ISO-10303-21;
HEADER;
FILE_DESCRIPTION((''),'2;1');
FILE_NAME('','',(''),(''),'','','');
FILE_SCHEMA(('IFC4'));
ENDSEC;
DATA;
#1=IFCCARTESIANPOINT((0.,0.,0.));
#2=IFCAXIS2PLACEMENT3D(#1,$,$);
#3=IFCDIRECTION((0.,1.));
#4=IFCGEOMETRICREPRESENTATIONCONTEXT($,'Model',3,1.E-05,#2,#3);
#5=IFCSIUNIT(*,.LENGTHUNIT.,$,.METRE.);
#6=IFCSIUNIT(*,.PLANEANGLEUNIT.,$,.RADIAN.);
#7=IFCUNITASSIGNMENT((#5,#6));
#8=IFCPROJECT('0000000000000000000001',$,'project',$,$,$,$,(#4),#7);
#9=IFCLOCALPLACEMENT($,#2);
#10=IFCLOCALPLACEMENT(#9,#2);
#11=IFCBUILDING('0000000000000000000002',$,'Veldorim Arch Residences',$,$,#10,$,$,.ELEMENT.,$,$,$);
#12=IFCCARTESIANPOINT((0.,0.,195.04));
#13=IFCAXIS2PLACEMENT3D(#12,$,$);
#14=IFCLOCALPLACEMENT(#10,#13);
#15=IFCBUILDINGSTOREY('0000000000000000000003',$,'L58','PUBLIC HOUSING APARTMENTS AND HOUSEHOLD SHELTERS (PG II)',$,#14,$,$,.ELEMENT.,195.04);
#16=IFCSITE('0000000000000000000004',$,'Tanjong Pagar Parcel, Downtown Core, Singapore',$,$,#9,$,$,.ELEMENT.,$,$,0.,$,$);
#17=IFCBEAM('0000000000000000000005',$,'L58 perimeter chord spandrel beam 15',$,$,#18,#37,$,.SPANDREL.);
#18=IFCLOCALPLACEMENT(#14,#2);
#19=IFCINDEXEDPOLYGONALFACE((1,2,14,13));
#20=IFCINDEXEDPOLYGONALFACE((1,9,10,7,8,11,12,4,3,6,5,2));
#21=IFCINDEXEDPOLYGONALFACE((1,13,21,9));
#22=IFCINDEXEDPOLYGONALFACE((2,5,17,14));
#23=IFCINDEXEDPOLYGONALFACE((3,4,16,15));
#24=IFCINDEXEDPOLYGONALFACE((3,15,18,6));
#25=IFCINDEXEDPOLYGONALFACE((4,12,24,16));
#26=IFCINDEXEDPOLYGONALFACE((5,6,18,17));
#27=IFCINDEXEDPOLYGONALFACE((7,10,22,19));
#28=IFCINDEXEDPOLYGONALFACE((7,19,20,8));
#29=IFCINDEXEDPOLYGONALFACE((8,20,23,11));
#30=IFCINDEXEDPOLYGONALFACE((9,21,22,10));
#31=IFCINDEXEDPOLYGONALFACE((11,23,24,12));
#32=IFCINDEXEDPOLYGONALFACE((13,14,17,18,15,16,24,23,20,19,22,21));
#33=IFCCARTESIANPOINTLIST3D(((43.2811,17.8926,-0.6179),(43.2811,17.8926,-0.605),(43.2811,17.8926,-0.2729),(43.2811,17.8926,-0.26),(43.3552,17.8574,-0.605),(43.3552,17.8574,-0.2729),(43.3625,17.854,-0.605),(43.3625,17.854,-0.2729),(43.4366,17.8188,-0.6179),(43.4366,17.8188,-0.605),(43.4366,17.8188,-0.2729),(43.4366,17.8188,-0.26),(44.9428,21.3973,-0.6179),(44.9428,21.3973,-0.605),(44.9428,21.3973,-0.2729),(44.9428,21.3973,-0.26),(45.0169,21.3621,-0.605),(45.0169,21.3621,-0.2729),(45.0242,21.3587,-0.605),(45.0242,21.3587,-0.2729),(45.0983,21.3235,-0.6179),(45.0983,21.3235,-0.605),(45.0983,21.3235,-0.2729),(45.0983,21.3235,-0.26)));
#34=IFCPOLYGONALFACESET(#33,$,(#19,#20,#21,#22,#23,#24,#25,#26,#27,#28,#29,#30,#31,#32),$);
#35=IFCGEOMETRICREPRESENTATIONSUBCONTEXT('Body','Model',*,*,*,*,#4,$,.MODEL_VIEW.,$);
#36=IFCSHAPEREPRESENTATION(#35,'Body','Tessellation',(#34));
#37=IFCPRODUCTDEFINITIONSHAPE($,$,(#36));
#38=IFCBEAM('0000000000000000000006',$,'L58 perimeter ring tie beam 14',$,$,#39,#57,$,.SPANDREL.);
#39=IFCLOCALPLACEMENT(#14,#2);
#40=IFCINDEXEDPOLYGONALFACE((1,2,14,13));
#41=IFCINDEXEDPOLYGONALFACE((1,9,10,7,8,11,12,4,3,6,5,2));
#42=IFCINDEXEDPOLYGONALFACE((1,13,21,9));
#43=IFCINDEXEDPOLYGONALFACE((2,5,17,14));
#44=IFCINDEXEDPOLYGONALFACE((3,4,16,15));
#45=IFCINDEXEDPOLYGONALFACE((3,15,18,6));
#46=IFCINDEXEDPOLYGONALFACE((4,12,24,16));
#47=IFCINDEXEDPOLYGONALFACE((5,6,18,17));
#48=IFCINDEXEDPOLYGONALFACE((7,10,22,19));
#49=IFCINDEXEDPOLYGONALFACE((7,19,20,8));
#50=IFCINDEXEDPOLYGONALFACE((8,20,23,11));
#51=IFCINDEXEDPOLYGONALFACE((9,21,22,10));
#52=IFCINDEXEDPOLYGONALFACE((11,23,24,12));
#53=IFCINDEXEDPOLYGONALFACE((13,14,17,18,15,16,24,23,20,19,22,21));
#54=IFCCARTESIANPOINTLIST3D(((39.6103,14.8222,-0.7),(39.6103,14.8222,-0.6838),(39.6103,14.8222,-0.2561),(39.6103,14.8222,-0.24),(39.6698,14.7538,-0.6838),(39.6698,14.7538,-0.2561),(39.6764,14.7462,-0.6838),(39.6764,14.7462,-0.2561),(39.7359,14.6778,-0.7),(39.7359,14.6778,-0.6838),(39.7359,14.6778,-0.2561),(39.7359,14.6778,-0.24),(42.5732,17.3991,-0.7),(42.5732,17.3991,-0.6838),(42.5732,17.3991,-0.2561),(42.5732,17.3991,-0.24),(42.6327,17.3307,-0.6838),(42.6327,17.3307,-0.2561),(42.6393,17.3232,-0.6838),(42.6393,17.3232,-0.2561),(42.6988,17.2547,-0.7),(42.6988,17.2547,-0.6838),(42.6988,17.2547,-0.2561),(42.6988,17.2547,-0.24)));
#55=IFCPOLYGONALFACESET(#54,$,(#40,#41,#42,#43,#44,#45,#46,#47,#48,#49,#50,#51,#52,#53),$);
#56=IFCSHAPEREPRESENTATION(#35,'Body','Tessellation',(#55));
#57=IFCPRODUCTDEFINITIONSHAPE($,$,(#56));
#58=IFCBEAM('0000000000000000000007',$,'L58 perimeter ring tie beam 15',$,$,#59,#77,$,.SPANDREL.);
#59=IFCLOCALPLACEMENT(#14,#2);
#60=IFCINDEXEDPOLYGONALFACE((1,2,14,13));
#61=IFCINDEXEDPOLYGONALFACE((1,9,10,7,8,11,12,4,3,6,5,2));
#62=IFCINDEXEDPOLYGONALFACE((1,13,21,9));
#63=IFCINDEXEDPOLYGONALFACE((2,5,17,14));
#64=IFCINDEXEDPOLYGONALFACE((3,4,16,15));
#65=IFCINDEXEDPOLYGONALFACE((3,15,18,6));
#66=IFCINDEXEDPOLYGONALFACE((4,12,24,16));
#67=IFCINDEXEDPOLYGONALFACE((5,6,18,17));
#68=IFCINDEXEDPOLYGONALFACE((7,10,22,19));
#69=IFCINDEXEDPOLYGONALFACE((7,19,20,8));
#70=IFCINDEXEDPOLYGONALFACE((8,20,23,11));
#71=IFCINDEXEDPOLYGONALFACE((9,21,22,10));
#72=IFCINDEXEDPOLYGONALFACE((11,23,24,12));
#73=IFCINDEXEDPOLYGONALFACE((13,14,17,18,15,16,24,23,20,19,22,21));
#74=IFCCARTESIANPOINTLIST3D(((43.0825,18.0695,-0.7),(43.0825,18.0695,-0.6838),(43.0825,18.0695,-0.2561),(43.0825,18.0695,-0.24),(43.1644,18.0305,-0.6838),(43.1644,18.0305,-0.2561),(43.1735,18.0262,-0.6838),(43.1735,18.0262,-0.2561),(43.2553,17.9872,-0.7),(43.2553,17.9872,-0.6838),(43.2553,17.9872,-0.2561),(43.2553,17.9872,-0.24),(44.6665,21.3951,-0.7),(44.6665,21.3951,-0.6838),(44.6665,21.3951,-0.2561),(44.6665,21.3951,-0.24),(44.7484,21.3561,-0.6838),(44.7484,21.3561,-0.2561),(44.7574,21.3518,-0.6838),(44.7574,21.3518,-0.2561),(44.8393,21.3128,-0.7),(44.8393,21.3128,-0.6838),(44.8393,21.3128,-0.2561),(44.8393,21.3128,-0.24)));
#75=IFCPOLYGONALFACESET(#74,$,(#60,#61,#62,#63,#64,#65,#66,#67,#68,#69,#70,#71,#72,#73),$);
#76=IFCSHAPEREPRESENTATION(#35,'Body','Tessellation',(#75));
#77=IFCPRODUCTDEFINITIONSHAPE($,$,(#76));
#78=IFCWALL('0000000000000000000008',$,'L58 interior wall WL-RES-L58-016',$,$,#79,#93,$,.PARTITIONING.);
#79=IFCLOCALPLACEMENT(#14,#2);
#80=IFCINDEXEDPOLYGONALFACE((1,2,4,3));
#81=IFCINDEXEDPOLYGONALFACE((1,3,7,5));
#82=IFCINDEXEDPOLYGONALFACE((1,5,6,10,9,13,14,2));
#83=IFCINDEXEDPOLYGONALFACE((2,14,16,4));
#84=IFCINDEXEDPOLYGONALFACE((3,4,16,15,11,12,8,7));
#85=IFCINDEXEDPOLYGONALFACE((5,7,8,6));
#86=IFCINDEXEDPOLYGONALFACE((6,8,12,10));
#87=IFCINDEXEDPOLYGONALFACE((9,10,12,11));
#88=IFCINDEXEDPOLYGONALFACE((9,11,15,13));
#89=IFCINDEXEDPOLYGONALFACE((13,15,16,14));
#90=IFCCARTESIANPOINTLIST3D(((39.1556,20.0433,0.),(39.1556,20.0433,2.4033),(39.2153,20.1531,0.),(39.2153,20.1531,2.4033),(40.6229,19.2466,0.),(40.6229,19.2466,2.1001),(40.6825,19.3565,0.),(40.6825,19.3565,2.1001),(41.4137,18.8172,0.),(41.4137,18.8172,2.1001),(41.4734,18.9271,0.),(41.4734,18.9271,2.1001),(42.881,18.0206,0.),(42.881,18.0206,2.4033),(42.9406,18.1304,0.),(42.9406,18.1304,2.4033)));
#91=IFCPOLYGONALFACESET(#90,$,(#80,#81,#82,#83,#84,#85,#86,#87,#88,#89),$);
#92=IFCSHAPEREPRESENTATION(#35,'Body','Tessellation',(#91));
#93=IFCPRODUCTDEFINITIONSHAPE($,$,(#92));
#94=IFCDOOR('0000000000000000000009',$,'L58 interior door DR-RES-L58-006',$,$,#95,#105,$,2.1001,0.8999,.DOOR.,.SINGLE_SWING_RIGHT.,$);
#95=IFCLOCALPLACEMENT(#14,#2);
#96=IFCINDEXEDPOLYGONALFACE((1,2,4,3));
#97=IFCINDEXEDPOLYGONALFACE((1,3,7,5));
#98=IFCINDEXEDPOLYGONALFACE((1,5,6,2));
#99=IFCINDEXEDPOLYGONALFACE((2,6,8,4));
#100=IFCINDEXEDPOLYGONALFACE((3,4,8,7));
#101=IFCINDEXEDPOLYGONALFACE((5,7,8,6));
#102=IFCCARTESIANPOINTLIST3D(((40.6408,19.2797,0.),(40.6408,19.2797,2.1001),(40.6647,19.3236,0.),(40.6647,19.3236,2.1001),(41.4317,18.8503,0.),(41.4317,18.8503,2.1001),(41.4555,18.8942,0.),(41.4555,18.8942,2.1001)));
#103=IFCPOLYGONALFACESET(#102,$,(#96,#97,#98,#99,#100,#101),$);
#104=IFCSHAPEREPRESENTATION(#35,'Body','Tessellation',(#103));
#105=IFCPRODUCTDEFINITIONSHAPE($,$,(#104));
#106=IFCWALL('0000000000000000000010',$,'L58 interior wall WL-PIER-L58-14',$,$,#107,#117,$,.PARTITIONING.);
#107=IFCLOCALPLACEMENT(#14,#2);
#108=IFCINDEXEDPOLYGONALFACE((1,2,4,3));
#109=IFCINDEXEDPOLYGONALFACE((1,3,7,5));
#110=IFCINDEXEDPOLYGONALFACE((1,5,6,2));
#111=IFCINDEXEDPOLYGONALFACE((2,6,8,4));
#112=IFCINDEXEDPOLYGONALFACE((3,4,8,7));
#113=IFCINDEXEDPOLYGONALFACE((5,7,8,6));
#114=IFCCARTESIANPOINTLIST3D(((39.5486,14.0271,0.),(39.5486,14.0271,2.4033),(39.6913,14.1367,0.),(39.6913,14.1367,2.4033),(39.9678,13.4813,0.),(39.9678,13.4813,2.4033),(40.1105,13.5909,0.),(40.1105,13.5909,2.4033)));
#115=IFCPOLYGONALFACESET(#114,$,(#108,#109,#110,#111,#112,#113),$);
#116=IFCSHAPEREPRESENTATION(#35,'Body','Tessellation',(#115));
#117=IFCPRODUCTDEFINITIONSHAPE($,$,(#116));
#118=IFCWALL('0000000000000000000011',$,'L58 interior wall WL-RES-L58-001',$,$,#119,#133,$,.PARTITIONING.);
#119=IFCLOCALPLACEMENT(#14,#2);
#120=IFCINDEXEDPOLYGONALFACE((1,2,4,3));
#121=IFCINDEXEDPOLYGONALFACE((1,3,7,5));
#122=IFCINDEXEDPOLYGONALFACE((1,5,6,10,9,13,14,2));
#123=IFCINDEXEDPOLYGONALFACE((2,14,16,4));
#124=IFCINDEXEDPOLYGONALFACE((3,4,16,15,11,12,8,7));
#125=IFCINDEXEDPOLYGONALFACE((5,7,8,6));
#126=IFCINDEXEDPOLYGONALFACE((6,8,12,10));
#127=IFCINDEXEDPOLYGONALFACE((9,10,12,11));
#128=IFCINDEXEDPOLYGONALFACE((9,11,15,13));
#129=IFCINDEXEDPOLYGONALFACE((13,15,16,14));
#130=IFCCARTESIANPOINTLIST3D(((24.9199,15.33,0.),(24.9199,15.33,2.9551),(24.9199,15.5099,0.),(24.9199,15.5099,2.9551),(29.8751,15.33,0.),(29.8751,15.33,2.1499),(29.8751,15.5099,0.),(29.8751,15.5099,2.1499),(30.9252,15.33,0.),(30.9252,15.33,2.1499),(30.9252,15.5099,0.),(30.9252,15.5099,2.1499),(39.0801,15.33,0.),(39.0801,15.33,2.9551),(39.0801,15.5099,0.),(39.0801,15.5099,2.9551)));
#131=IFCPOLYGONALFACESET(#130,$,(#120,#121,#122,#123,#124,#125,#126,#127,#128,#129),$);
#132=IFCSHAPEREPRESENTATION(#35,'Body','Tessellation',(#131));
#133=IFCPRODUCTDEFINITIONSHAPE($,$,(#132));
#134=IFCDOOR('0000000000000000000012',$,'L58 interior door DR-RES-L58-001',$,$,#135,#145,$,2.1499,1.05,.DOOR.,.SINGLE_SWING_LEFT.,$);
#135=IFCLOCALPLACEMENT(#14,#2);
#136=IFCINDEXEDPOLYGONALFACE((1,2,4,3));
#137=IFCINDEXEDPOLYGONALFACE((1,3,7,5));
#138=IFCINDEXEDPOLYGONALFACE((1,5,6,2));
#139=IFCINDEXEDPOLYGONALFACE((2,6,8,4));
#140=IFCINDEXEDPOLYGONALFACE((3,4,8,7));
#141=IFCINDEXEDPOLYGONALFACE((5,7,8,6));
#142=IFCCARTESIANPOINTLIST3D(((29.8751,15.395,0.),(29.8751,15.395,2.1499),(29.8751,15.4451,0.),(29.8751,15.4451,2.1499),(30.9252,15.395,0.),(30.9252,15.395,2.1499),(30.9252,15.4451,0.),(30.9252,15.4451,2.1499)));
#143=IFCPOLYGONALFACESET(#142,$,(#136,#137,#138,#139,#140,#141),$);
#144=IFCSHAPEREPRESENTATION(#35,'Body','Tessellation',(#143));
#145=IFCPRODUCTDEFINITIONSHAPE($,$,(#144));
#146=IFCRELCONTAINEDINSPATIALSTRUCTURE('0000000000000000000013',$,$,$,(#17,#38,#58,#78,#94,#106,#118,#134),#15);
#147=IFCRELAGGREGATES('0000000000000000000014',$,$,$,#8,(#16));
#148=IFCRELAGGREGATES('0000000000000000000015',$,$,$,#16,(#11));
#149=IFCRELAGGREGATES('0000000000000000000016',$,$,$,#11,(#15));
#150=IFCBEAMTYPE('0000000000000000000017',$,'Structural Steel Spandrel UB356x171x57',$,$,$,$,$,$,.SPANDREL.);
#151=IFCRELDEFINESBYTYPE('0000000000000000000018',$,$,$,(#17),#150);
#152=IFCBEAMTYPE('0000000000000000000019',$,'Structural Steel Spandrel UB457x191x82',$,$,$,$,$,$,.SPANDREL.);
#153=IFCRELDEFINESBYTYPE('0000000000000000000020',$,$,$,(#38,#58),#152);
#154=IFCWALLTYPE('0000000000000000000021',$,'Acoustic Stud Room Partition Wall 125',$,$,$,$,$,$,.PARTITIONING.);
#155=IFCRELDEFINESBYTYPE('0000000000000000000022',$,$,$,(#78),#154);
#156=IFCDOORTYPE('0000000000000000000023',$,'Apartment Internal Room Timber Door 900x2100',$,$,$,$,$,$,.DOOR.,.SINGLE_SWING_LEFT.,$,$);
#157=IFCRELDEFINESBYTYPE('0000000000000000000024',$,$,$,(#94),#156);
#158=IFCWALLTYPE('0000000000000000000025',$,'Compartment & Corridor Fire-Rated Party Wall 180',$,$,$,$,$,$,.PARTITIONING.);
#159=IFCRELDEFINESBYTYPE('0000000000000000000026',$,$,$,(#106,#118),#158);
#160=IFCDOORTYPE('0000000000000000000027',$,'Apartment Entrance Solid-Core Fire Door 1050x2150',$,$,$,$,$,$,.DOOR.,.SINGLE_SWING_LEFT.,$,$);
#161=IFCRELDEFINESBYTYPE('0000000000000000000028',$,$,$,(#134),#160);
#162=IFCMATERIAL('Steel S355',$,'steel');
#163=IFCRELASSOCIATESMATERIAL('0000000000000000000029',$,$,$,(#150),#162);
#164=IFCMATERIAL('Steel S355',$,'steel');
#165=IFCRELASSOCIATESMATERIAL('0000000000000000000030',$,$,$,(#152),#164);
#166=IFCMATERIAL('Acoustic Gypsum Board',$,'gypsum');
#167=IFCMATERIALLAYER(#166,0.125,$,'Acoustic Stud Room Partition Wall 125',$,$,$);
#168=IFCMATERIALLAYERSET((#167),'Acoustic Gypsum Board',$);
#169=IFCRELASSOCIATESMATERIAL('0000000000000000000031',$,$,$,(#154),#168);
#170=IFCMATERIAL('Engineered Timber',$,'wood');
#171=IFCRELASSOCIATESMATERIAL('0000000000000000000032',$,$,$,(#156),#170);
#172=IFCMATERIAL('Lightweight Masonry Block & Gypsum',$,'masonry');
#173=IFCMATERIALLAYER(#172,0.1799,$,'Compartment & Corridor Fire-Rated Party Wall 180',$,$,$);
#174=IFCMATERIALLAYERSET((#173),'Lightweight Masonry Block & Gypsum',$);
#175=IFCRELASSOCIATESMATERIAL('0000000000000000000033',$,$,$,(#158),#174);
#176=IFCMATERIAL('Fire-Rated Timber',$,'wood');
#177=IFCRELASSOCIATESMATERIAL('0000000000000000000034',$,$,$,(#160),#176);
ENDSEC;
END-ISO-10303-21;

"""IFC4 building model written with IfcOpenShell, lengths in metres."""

from ifc_helpers import new_model, si_unit, direction, frame, frame_2d, origin, origin_2d, place, context, subcontext, project, spatial, rectangle, i_section, extrude, material, layer, layer_set, material_profile, profile_set, type_object, element, fill, save


model = new_model("IFC4")

# Units and contexts
model_context = context("Model", 3, precision=1e-05, world=origin(), true_north=direction((0.0, 1.0)))
body_context = subcontext(model_context, "Body", "Model", "MODEL_VIEW")
ifc_project = project(units=[si_unit("LENGTHUNIT", "METRE"), si_unit("PLANEANGLEUNIT", "RADIAN")], contexts=[model_context])

# Site, building, storey
site_placement = place(None, origin())
site = spatial("IfcSite", under=ifc_project, at=site_placement, Name="Tanjong Pagar Parcel, Downtown Core, Singapore", CompositionType="ELEMENT", RefElevation=0.0)
building_placement = place(site_placement, origin())
building = spatial("IfcBuilding", under=site, at=building_placement, Name="Veldorim Arch Residences", CompositionType="ELEMENT")
storey_placement = place(building_placement, frame((0.0, 0.0, 195.04)))
storey = spatial("IfcBuildingStorey", under=building, at=storey_placement, Name="L58", Description="PUBLIC HOUSING APARTMENTS AND HOUSEHOLD SHELTERS (PG II)", CompositionType="ELEMENT", Elevation=195.04)

# Beams
ifc_material_1 = material(Name="Steel S355", Category="steel")
ifc_material_profile_1 = material_profile(ifc_material_1, i_section(OverallWidth=0.1721, OverallDepth=0.3579, WebThickness=0.0081, FlangeThickness=0.0129, at=origin_2d()), Name="UB356x171x57")
ifc_profile_set_1 = profile_set([ifc_material_profile_1], Name="Steel S355")
beam_type_1 = type_object("IfcBeamType", Name="Structural Steel Spandrel UB356x171x57", PredefinedType="SPANDREL", material=ifc_profile_set_1)
beam_1_placement = place(storey_placement, frame((43.3589, 17.8557, -0.439), z_axis=(0.428408, 0.903585, 0.0), x_axis=(-0.903585, 0.428408, 0.0)))
element("IfcBeam", 1, at=beam_1_placement, inside=storey, type_object=beam_type_1, Name="L58 perimeter chord spandrel beam 15", PredefinedType="SPANDREL", context=body_context, shape_type="SweptSolid", body=[
    extrude(i_section(OverallWidth=0.1721, OverallDepth=0.3579, WebThickness=0.0081, FlangeThickness=0.0129, at=origin_2d()), origin(), (0.0, 0.0, 1.0), 3.8787),
])
ifc_material_2 = material(Name="Steel S355", Category="steel")
ifc_material_profile_2 = material_profile(ifc_material_2, i_section(OverallWidth=0.1914, OverallDepth=0.46, WebThickness=0.01, FlangeThickness=0.0161, at=origin_2d()), Name="UB457x191x82")
ifc_profile_set_2 = profile_set([ifc_material_profile_2], Name="Steel S355")
beam_type_2 = type_object("IfcBeamType", Name="Structural Steel Spandrel UB457x191x82", PredefinedType="SPANDREL", material=ifc_profile_set_2)
beam_2_placement = place(storey_placement, frame((39.6731, 14.75, -0.47), z_axis=(0.754545, 0.656248, 0.0), x_axis=(-0.656248, 0.754545, 0.0)))
element("IfcBeam", 2, at=beam_2_placement, inside=storey, type_object=beam_type_2, Name="L58 perimeter ring tie beam 14", PredefinedType="SPANDREL", context=body_context, shape_type="SweptSolid", body=[
    extrude(i_section(OverallWidth=0.1914, OverallDepth=0.46, WebThickness=0.01, FlangeThickness=0.0161, at=origin_2d()), origin(), (0.0, 0.0, 1.0), 3.9268),
])
beam_3_placement = place(storey_placement, frame((43.1689, 18.0283, -0.47), z_axis=(0.430006, 0.902826, 0.0), x_axis=(-0.902826, 0.430006, 0.0)))
element("IfcBeam", 3, at=beam_3_placement, inside=storey, type_object=beam_type_2, Name="L58 perimeter ring tie beam 15", PredefinedType="SPANDREL", context=body_context, shape_type="SweptSolid", body=[
    extrude(i_section(OverallWidth=0.1914, OverallDepth=0.46, WebThickness=0.01, FlangeThickness=0.0161, at=origin_2d()), origin(), (0.0, 0.0, 1.0), 3.6836),
])

# Wall, opening, door
ifc_material_3 = material(Name="Acoustic Gypsum Board", Category="gypsum")
ifc_layer_1 = layer(ifc_material_3, 0.125, Name="Acoustic Stud Room Partition Wall 125")
ifc_layer_set_1 = layer_set([ifc_layer_1], Name="Acoustic Gypsum Board")
wall_type_1 = type_object("IfcWallType", Name="Acoustic Stud Room Partition Wall 125", PredefinedType="PARTITIONING", material=ifc_layer_set_1)
wall_1_placement = place(storey_placement, frame((42.9109, 18.0754, 0.0), z_axis=(0.0, 0.0, 1.0), x_axis=(-0.878816, 0.47716, 0.0)))
wall_1 = element("IfcWall", 4, at=wall_1_placement, inside=storey, type_object=wall_type_1, Name="L58 interior wall WL-RES-L58-016", PredefinedType="PARTITIONING", context=body_context, shape_type="SweptSolid", body=[
    extrude(rectangle(XDim=4.239, YDim=0.125, at=frame_2d((2.1196, 0.0))), origin(), (0.0, 0.0, 1.0), 2.4033),
])
opening_1_placement = place(wall_1_placement, frame((1.6697, 0.0, 0.0)))
opening_1 = element("IfcOpeningElement", 5, at=opening_1_placement, cuts=wall_1, PredefinedType="OPENING", context=body_context, shape_type="SweptSolid", body=[
    extrude(rectangle(XDim=0.8999, YDim=2.1001, at=frame_2d((0.45, 1.05))), frame((0.0, 0.0725, 0.0), z_axis=(0.0, -1.0, 0.0), x_axis=(1.0, 0.0, 0.0)), (0.0, 0.0, 1.0), 0.145),
])
ifc_material_4 = material(Name="Engineered Timber", Category="wood")
door_type_1 = type_object("IfcDoorType", Name="Apartment Internal Room Timber Door 900x2100", OperationType="SINGLE_SWING_LEFT", PredefinedType="DOOR", material=ifc_material_4)
door_1_placement = place(opening_1_placement, origin())
door_1 = element("IfcDoor", 6, at=door_1_placement, inside=storey, type_object=door_type_1, Name="L58 interior door DR-RES-L58-006", OperationType="SINGLE_SWING_RIGHT", OverallHeight=2.1001, OverallWidth=0.8999, PredefinedType="DOOR", context=body_context, shape_type="SweptSolid", body=[
    extrude(rectangle(XDim=0.8999, YDim=2.1001, at=frame_2d((0.45, 1.05))), frame((0.0, 0.0249, 0.0), z_axis=(0.0, -1.0, 0.0), x_axis=(1.0, 0.0, 0.0)), (0.0, 0.0, 1.0), 0.05),
])
fill(opening_1, door_1)

# Wall
ifc_material_5 = material(Name="Lightweight Masonry Block & Gypsum", Category="masonry")
ifc_layer_2 = layer(ifc_material_5, 0.1799, Name="Compartment & Corridor Fire-Rated Party Wall 180")
ifc_layer_set_2 = layer_set([ifc_layer_2], Name="Lightweight Masonry Block & Gypsum")
wall_type_2 = type_object("IfcWallType", Name="Compartment & Corridor Fire-Rated Party Wall 180", PredefinedType="PARTITIONING", material=ifc_layer_set_2)
wall_2_placement = place(storey_placement, frame((39.6199, 14.082, 0.0), z_axis=(0.0, 0.0, 1.0), x_axis=(0.609042, -0.793138, 0.0)))
element("IfcWall", 7, at=wall_2_placement, inside=storey, type_object=wall_type_2, Name="L58 interior wall WL-PIER-L58-14", PredefinedType="PARTITIONING", context=body_context, shape_type="SweptSolid", body=[
    extrude(rectangle(XDim=0.6882, YDim=0.1799, at=frame_2d((0.3442, 0.0))), origin(), (0.0, 0.0, 1.0), 2.4033),
])

# Wall, opening, door
wall_3_placement = place(storey_placement, frame((39.0801, 15.4199, 0.0), z_axis=(0.0, 0.0, 1.0), x_axis=(-1.0, 0.0, 0.0)))
wall_3 = element("IfcWall", 8, at=wall_3_placement, inside=storey, type_object=wall_type_2, Name="L58 interior wall WL-RES-L58-001", PredefinedType="PARTITIONING", context=body_context, shape_type="SweptSolid", body=[
    extrude(rectangle(XDim=14.1602, YDim=0.1799, at=frame_2d((7.0801, 0.0))), origin(), (0.0, 0.0, 1.0), 2.9551),
])
opening_2_placement = place(wall_3_placement, frame((8.155, 0.0, 0.0)))
opening_2 = element("IfcOpeningElement", 9, at=opening_2_placement, cuts=wall_3, PredefinedType="OPENING", context=body_context, shape_type="SweptSolid", body=[
    extrude(rectangle(XDim=1.05, YDim=2.1499, at=frame_2d((0.5249, 1.075))), frame((0.0, 0.0999, 0.0), z_axis=(0.0, -1.0, 0.0), x_axis=(1.0, 0.0, 0.0)), (0.0, 0.0, 1.0), 0.2),
])
ifc_material_6 = material(Name="Fire-Rated Timber", Category="wood")
door_type_2 = type_object("IfcDoorType", Name="Apartment Entrance Solid-Core Fire Door 1050x2150", OperationType="SINGLE_SWING_LEFT", PredefinedType="DOOR", material=ifc_material_6)
door_2_placement = place(opening_2_placement, origin())
door_2 = element("IfcDoor", 10, at=door_2_placement, inside=storey, type_object=door_type_2, Name="L58 interior door DR-RES-L58-001", OperationType="SINGLE_SWING_LEFT", OverallHeight=2.1499, OverallWidth=1.05, PredefinedType="DOOR", context=body_context, shape_type="SweptSolid", body=[
    extrude(rectangle(XDim=1.05, YDim=2.1499, at=frame_2d((0.5249, 1.075))), frame((0.0, 0.0249, 0.0), z_axis=(0.0, -1.0, 0.0), x_axis=(1.0, 0.0, 0.0)), (0.0, 0.0, 1.0), 0.05),
])
fill(opening_2, door_2)

save(model, "model.ifc")
